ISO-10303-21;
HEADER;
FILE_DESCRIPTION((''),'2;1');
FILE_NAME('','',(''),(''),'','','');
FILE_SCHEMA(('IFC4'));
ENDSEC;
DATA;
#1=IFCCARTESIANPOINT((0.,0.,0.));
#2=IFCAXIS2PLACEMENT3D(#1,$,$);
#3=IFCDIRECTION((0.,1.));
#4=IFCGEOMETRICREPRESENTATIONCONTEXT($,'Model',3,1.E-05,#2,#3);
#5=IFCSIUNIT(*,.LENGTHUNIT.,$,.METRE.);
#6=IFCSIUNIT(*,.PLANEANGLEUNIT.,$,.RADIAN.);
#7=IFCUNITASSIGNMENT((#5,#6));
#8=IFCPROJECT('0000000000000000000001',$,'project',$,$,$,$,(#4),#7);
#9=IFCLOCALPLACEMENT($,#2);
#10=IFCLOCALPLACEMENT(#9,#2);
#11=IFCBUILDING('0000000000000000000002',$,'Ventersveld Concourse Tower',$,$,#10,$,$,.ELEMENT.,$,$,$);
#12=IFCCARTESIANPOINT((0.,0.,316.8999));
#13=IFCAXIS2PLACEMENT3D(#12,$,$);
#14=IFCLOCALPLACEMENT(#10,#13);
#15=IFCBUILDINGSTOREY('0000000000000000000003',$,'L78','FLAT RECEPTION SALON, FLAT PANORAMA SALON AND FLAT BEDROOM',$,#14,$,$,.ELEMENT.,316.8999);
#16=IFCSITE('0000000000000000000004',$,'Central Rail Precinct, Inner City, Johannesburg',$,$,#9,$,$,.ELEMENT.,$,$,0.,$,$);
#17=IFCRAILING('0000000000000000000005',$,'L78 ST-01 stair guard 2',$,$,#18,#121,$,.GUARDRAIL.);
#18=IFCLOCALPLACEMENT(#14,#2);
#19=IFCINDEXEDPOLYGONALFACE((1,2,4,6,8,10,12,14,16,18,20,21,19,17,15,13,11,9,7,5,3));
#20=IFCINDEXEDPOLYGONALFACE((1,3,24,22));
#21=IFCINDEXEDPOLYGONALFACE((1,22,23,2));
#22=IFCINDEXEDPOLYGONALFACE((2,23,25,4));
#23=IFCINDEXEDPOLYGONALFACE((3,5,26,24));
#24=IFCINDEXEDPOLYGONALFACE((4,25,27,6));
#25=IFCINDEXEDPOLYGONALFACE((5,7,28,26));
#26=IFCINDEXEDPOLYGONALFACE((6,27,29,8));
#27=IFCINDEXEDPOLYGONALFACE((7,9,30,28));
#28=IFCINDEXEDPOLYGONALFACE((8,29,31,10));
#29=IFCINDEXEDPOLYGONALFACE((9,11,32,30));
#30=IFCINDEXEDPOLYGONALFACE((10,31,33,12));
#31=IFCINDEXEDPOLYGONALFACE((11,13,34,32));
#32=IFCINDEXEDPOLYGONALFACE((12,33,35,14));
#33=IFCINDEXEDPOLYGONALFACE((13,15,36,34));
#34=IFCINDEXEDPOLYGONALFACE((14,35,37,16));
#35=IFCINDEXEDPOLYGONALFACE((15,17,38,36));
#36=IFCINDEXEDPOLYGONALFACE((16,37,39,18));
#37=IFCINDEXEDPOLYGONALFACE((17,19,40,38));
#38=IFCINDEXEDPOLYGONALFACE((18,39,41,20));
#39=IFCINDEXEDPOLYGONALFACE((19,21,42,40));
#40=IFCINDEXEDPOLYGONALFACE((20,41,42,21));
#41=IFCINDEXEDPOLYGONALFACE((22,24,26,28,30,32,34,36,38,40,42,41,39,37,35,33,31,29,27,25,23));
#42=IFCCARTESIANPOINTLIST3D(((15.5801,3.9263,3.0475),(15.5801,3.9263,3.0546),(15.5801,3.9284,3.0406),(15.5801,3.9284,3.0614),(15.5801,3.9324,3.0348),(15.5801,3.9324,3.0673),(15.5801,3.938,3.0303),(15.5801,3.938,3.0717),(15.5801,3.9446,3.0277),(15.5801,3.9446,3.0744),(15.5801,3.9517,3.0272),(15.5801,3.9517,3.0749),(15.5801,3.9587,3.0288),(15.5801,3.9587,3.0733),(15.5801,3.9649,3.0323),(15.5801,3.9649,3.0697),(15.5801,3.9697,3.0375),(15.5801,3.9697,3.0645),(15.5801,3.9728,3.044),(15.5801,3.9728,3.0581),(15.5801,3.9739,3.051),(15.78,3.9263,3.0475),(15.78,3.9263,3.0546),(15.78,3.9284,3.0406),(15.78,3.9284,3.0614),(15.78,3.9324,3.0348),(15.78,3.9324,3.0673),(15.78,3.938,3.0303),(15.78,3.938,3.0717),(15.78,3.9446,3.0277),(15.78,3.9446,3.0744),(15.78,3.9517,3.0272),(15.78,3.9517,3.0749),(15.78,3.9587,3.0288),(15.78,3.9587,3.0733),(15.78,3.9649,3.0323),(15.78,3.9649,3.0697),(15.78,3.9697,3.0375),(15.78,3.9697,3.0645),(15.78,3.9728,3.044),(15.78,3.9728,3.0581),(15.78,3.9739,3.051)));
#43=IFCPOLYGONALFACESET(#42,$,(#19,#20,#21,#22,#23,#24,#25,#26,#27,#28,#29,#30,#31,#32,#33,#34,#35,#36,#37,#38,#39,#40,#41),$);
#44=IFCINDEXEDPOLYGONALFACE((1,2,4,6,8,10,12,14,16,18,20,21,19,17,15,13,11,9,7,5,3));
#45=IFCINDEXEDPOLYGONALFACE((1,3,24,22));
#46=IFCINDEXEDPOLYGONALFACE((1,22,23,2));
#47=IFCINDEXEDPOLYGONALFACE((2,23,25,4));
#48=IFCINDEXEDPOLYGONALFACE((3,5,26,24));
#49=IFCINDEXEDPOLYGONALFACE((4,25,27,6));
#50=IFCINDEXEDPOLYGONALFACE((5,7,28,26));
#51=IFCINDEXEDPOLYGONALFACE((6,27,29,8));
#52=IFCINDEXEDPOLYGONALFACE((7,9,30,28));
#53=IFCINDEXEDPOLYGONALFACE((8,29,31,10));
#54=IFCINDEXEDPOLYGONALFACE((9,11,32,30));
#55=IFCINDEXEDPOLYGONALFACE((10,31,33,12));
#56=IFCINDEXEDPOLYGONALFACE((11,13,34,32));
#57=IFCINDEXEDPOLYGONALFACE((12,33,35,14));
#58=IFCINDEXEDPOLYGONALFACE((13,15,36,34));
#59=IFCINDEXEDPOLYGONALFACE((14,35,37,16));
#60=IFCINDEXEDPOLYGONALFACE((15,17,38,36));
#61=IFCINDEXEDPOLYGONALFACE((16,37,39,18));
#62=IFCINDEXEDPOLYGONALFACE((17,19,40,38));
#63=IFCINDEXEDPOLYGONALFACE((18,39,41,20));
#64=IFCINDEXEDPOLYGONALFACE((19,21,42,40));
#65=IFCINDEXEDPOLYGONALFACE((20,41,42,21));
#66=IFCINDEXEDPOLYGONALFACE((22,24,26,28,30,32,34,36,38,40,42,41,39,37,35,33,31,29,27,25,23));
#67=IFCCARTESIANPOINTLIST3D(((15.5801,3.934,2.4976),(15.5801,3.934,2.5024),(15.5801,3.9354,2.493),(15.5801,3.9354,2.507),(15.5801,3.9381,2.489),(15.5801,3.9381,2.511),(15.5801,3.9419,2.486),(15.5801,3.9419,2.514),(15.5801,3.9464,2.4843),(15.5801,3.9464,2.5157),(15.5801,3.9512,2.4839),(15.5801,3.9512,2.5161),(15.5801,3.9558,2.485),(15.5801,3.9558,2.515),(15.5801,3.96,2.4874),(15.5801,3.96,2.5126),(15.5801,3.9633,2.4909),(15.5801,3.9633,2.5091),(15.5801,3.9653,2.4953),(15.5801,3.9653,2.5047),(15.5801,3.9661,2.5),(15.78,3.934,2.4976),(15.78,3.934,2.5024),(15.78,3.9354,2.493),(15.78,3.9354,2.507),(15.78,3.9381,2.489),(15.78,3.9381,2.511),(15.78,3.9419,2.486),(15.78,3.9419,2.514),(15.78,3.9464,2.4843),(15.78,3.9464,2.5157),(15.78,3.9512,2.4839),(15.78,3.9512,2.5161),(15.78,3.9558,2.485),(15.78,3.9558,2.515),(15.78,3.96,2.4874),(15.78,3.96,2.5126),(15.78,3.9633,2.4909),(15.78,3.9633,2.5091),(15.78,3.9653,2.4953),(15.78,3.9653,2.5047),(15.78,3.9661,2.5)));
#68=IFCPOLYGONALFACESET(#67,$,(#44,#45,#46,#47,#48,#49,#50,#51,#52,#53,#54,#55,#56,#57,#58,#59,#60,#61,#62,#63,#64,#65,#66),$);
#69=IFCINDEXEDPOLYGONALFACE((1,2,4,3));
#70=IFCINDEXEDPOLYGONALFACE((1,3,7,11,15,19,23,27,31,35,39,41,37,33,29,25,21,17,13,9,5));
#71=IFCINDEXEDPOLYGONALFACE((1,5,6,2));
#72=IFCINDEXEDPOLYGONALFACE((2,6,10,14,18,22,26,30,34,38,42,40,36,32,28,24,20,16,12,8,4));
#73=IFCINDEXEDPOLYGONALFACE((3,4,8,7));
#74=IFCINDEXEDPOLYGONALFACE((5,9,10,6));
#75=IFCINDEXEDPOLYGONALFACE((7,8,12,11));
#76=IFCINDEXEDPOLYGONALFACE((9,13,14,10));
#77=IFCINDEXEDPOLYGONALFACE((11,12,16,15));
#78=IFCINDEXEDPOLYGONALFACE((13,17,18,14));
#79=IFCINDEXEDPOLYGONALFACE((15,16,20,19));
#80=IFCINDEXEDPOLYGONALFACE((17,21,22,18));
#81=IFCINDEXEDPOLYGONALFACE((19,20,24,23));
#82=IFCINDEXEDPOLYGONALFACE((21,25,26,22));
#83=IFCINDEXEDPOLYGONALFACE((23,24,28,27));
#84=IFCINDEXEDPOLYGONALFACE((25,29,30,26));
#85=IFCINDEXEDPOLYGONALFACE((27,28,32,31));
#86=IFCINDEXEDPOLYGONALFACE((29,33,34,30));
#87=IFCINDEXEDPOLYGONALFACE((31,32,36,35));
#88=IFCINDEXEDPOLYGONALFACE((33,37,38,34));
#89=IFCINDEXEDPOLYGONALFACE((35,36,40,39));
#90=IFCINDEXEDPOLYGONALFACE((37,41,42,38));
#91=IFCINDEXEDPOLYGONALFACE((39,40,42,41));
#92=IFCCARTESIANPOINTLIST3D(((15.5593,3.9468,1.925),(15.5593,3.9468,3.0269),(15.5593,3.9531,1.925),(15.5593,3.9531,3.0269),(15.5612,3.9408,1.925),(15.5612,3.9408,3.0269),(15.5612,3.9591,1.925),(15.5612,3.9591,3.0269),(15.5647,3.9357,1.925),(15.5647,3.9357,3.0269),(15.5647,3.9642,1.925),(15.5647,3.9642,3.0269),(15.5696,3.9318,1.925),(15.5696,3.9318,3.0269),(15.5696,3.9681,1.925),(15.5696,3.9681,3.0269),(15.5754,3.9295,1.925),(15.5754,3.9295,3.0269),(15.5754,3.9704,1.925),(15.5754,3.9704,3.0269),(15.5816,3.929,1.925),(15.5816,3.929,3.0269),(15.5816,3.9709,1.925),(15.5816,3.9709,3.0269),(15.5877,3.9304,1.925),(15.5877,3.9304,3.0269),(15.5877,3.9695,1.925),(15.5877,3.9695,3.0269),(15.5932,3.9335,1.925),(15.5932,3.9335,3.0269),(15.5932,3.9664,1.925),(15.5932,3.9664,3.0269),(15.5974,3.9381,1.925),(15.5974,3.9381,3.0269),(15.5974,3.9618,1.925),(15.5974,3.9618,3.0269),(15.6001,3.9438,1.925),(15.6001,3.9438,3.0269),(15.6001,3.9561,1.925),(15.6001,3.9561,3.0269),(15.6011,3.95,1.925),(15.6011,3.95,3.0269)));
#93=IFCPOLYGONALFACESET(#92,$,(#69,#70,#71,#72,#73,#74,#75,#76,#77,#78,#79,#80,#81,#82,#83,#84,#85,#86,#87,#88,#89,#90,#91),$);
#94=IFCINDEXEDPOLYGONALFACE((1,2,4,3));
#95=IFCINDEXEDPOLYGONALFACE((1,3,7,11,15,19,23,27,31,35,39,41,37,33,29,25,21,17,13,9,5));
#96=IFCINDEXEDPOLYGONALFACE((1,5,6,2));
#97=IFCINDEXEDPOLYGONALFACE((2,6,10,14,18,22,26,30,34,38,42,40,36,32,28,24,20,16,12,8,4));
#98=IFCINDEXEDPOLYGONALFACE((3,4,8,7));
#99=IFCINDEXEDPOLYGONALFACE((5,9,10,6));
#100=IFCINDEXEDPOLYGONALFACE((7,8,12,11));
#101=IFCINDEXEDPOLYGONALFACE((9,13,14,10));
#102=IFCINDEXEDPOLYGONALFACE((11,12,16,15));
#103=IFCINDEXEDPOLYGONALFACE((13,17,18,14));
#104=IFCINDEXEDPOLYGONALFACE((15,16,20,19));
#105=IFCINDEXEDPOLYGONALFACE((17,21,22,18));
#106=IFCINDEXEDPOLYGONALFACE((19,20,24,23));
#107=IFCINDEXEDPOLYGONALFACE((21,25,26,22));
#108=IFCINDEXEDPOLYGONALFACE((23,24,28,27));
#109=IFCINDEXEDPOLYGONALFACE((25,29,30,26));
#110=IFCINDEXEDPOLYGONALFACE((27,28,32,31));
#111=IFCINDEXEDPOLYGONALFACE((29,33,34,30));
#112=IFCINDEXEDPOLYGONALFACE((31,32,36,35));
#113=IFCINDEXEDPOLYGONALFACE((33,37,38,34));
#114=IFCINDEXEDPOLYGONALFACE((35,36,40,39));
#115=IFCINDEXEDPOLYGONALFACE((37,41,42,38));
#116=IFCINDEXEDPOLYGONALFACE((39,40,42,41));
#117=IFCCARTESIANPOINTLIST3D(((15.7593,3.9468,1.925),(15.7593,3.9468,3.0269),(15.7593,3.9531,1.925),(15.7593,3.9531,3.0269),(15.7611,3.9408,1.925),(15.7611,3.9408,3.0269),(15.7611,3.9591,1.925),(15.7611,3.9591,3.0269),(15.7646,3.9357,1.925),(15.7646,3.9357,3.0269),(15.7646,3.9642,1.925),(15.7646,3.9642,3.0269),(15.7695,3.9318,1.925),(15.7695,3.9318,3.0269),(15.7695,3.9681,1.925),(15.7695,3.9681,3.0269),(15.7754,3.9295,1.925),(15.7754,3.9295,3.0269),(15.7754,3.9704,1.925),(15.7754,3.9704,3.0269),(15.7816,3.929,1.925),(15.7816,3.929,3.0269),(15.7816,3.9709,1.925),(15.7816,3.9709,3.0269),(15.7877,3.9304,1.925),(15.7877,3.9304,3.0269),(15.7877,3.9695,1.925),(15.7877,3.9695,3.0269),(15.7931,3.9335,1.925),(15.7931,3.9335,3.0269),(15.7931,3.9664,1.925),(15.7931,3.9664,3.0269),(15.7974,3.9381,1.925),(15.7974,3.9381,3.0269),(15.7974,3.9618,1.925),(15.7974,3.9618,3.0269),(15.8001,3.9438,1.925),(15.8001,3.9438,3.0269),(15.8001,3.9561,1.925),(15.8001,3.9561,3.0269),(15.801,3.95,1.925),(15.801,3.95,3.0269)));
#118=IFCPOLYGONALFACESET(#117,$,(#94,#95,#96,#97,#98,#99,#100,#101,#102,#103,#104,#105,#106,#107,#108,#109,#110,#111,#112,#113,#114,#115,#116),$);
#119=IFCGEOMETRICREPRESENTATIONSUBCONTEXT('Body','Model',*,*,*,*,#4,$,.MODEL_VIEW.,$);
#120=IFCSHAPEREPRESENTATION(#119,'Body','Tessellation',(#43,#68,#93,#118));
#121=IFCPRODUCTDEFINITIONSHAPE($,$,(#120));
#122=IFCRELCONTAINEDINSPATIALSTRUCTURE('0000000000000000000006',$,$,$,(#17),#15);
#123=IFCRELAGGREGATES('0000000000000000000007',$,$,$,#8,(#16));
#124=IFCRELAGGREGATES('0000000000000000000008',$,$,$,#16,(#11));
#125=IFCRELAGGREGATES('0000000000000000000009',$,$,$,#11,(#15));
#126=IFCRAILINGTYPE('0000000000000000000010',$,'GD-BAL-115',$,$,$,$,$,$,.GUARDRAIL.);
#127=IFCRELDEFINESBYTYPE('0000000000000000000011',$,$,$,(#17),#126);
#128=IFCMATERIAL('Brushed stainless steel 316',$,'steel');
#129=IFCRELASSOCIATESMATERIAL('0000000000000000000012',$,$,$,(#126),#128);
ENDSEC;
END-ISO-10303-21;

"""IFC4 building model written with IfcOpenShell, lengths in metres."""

from ifc_helpers import new_model, si_unit, direction, frame, origin, origin_2d, place, context, subcontext, project, spatial, circle, extrude, material, type_object, element, save


model = new_model("IFC4")

# Units and contexts
model_context = context("Model", 3, precision=1e-05, world=origin(), true_north=direction((0.0, 1.0)))
body_context = subcontext(model_context, "Body", "Model", "MODEL_VIEW")
ifc_project = project(units=[si_unit("LENGTHUNIT", "METRE"), si_unit("PLANEANGLEUNIT", "RADIAN")], contexts=[model_context])

# Site, building, storey
site_placement = place(None, origin())
site = spatial("IfcSite", under=ifc_project, at=site_placement, Name="Central Rail Precinct, Inner City, Johannesburg", CompositionType="ELEMENT", RefElevation=0.0)
building_placement = place(site_placement, origin())
building = spatial("IfcBuilding", under=site, at=building_placement, Name="Ventersveld Concourse Tower", CompositionType="ELEMENT")
storey_placement = place(building_placement, frame((0.0, 0.0, 316.8999)))
storey = spatial("IfcBuildingStorey", under=building, at=storey_placement, Name="L78", Description="FLAT RECEPTION SALON, FLAT PANORAMA SALON AND FLAT BEDROOM", CompositionType="ELEMENT", Elevation=316.8999)

# Railing
ifc_material_1 = material(Name="Brushed stainless steel 316", Category="steel")
railing_type_1 = type_object("IfcRailingType", Name="GD-BAL-115", PredefinedType="GUARDRAIL", material=ifc_material_1)
railing_1_placement = place(storey_placement, frame((15.5801, 3.95, 1.925)))
element("IfcRailing", 1, at=railing_1_placement, inside=storey, type_object=railing_type_1, Name="L78 ST-01 stair guard 2", PredefinedType="GUARDRAIL", context=body_context, shape_type="SweptSolid", body=[
    extrude(circle(Radius=0.0239, at=origin_2d()), frame((0.0, 0.0, 1.126), z_axis=(1.0, 0.0, 0.0), x_axis=(0.0, 1.0, 0.0)), (0.0, 0.0, 1.0), 0.2),
    extrude(circle(Radius=0.0161, at=origin_2d()), frame((0.0, 0.0, 0.575), z_axis=(1.0, 0.0, 0.0), x_axis=(0.0, 1.0, 0.0)), (0.0, 0.0, 1.0), 0.2),
    extrude(circle(Radius=0.021, at=origin_2d()), origin(), (0.0, 0.0, 1.0), 1.1018),
    extrude(circle(Radius=0.021, at=origin_2d()), frame((0.2, 0.0, 0.0)), (0.0, 0.0, 1.0), 1.1018),
])

save(model, "model.ifc")
